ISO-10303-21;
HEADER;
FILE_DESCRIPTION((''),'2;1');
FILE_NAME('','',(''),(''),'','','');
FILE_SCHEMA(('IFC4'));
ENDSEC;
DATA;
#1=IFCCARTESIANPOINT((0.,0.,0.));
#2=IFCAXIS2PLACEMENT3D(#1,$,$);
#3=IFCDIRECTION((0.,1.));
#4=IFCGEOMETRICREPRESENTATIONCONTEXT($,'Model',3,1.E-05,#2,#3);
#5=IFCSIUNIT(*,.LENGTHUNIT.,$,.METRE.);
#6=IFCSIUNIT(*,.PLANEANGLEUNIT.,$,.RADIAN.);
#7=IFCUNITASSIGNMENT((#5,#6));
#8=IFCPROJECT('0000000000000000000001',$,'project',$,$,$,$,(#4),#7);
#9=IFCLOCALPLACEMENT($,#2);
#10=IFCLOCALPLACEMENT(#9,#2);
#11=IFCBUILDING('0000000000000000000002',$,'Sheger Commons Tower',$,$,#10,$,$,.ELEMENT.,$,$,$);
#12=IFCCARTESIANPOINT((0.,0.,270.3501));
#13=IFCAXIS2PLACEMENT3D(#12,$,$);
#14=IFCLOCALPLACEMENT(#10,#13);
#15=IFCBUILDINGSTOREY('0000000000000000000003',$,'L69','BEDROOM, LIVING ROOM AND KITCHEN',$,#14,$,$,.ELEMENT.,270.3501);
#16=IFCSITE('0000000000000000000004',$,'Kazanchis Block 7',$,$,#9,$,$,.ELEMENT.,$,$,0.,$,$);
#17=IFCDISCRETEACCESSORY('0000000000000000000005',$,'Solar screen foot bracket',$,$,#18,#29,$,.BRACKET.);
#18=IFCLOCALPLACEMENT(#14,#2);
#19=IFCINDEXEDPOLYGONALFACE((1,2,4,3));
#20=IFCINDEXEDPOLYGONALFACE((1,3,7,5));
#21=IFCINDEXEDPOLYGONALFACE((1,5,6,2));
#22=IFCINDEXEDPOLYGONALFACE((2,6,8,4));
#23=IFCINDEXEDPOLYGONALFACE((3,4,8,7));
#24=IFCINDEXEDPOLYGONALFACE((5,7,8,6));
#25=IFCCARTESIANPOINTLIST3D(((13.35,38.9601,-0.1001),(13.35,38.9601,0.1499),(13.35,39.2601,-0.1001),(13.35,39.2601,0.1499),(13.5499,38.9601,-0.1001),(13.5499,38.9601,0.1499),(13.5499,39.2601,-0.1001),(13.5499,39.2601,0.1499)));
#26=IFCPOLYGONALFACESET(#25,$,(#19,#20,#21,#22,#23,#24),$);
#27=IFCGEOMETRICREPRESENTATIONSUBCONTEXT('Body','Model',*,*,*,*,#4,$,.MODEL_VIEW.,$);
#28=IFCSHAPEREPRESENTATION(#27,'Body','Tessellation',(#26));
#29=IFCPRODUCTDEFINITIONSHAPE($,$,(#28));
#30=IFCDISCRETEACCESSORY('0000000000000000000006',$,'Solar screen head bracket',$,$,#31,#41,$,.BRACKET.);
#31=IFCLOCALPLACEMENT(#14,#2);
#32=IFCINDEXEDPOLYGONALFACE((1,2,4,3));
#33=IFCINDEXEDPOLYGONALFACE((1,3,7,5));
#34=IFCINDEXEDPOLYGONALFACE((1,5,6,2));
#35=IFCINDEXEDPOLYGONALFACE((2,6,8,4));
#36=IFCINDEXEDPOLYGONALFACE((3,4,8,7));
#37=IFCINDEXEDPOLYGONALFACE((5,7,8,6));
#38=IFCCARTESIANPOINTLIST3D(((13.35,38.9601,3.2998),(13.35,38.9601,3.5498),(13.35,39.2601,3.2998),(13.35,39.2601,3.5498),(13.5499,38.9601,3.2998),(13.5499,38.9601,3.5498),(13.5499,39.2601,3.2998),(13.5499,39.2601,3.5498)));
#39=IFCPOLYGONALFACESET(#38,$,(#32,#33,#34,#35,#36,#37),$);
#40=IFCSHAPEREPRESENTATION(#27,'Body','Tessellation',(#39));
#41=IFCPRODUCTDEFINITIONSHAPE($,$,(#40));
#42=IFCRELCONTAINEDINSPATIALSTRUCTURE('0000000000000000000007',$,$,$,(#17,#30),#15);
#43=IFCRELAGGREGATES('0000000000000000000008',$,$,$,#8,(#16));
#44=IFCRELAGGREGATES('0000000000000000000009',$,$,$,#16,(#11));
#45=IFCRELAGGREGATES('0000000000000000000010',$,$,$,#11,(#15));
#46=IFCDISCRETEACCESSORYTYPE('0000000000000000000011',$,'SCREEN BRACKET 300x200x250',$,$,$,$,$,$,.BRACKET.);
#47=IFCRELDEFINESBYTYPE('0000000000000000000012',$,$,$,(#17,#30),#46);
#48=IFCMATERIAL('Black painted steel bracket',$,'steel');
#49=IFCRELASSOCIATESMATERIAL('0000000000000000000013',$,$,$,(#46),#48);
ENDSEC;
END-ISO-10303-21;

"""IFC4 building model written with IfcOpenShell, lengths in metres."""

from ifc_helpers import new_model, si_unit, direction, frame, origin, origin_2d, place, context, subcontext, project, spatial, rectangle, extrude, material, type_object, element, save


model = new_model("IFC4")

# Units and contexts
model_context = context("Model", 3, precision=1e-05, world=origin(), true_north=direction((0.0, 1.0)))
body_context = subcontext(model_context, "Body", "Model", "MODEL_VIEW")
ifc_project = project(units=[si_unit("LENGTHUNIT", "METRE"), si_unit("PLANEANGLEUNIT", "RADIAN")], contexts=[model_context])

# Site, building, storey
site_placement = place(None, origin())
site = spatial("IfcSite", under=ifc_project, at=site_placement, Name="Kazanchis Block 7", CompositionType="ELEMENT", RefElevation=0.0)
building_placement = place(site_placement, origin())
building = spatial("IfcBuilding", under=site, at=building_placement, Name="Sheger Commons Tower", CompositionType="ELEMENT")
storey_placement = place(building_placement, frame((0.0, 0.0, 270.3501)))
storey = spatial("IfcBuildingStorey", under=building, at=storey_placement, Name="L69", Description="BEDROOM, LIVING ROOM AND KITCHEN", CompositionType="ELEMENT", Elevation=270.3501)

# Discrete accessories
ifc_material_1 = material(Name="Black painted steel bracket", Category="steel")
discrete_accessory_type = type_object("IfcDiscreteAccessoryType", Name="SCREEN BRACKET 300x200x250", PredefinedType="BRACKET", material=ifc_material_1)
for number, where, z_axis, x_axis, name in (
    (1, (13.45, 39.1101, -0.1001), (0.0, 0.0, 1.0), (0.0, -1.0, 0.0), "Solar screen foot bracket"),
    (2, (13.45, 39.1101, 3.2998), (0.0, 0.0, 1.0), (0.0, -1.0, 0.0), "Solar screen head bracket"),
):
    element("IfcDiscreteAccessory", number, at=place(storey_placement, frame(where, z_axis=z_axis, x_axis=x_axis)), inside=storey, type_object=discrete_accessory_type, Name=name, PredefinedType="BRACKET", context=body_context, shape_type="SweptSolid", body=[
        extrude(rectangle(XDim=0.3, YDim=0.2, at=origin_2d()), origin(), (0.0, 0.0, 1.0), 0.25),
    ])

save(model, "model.ifc")
